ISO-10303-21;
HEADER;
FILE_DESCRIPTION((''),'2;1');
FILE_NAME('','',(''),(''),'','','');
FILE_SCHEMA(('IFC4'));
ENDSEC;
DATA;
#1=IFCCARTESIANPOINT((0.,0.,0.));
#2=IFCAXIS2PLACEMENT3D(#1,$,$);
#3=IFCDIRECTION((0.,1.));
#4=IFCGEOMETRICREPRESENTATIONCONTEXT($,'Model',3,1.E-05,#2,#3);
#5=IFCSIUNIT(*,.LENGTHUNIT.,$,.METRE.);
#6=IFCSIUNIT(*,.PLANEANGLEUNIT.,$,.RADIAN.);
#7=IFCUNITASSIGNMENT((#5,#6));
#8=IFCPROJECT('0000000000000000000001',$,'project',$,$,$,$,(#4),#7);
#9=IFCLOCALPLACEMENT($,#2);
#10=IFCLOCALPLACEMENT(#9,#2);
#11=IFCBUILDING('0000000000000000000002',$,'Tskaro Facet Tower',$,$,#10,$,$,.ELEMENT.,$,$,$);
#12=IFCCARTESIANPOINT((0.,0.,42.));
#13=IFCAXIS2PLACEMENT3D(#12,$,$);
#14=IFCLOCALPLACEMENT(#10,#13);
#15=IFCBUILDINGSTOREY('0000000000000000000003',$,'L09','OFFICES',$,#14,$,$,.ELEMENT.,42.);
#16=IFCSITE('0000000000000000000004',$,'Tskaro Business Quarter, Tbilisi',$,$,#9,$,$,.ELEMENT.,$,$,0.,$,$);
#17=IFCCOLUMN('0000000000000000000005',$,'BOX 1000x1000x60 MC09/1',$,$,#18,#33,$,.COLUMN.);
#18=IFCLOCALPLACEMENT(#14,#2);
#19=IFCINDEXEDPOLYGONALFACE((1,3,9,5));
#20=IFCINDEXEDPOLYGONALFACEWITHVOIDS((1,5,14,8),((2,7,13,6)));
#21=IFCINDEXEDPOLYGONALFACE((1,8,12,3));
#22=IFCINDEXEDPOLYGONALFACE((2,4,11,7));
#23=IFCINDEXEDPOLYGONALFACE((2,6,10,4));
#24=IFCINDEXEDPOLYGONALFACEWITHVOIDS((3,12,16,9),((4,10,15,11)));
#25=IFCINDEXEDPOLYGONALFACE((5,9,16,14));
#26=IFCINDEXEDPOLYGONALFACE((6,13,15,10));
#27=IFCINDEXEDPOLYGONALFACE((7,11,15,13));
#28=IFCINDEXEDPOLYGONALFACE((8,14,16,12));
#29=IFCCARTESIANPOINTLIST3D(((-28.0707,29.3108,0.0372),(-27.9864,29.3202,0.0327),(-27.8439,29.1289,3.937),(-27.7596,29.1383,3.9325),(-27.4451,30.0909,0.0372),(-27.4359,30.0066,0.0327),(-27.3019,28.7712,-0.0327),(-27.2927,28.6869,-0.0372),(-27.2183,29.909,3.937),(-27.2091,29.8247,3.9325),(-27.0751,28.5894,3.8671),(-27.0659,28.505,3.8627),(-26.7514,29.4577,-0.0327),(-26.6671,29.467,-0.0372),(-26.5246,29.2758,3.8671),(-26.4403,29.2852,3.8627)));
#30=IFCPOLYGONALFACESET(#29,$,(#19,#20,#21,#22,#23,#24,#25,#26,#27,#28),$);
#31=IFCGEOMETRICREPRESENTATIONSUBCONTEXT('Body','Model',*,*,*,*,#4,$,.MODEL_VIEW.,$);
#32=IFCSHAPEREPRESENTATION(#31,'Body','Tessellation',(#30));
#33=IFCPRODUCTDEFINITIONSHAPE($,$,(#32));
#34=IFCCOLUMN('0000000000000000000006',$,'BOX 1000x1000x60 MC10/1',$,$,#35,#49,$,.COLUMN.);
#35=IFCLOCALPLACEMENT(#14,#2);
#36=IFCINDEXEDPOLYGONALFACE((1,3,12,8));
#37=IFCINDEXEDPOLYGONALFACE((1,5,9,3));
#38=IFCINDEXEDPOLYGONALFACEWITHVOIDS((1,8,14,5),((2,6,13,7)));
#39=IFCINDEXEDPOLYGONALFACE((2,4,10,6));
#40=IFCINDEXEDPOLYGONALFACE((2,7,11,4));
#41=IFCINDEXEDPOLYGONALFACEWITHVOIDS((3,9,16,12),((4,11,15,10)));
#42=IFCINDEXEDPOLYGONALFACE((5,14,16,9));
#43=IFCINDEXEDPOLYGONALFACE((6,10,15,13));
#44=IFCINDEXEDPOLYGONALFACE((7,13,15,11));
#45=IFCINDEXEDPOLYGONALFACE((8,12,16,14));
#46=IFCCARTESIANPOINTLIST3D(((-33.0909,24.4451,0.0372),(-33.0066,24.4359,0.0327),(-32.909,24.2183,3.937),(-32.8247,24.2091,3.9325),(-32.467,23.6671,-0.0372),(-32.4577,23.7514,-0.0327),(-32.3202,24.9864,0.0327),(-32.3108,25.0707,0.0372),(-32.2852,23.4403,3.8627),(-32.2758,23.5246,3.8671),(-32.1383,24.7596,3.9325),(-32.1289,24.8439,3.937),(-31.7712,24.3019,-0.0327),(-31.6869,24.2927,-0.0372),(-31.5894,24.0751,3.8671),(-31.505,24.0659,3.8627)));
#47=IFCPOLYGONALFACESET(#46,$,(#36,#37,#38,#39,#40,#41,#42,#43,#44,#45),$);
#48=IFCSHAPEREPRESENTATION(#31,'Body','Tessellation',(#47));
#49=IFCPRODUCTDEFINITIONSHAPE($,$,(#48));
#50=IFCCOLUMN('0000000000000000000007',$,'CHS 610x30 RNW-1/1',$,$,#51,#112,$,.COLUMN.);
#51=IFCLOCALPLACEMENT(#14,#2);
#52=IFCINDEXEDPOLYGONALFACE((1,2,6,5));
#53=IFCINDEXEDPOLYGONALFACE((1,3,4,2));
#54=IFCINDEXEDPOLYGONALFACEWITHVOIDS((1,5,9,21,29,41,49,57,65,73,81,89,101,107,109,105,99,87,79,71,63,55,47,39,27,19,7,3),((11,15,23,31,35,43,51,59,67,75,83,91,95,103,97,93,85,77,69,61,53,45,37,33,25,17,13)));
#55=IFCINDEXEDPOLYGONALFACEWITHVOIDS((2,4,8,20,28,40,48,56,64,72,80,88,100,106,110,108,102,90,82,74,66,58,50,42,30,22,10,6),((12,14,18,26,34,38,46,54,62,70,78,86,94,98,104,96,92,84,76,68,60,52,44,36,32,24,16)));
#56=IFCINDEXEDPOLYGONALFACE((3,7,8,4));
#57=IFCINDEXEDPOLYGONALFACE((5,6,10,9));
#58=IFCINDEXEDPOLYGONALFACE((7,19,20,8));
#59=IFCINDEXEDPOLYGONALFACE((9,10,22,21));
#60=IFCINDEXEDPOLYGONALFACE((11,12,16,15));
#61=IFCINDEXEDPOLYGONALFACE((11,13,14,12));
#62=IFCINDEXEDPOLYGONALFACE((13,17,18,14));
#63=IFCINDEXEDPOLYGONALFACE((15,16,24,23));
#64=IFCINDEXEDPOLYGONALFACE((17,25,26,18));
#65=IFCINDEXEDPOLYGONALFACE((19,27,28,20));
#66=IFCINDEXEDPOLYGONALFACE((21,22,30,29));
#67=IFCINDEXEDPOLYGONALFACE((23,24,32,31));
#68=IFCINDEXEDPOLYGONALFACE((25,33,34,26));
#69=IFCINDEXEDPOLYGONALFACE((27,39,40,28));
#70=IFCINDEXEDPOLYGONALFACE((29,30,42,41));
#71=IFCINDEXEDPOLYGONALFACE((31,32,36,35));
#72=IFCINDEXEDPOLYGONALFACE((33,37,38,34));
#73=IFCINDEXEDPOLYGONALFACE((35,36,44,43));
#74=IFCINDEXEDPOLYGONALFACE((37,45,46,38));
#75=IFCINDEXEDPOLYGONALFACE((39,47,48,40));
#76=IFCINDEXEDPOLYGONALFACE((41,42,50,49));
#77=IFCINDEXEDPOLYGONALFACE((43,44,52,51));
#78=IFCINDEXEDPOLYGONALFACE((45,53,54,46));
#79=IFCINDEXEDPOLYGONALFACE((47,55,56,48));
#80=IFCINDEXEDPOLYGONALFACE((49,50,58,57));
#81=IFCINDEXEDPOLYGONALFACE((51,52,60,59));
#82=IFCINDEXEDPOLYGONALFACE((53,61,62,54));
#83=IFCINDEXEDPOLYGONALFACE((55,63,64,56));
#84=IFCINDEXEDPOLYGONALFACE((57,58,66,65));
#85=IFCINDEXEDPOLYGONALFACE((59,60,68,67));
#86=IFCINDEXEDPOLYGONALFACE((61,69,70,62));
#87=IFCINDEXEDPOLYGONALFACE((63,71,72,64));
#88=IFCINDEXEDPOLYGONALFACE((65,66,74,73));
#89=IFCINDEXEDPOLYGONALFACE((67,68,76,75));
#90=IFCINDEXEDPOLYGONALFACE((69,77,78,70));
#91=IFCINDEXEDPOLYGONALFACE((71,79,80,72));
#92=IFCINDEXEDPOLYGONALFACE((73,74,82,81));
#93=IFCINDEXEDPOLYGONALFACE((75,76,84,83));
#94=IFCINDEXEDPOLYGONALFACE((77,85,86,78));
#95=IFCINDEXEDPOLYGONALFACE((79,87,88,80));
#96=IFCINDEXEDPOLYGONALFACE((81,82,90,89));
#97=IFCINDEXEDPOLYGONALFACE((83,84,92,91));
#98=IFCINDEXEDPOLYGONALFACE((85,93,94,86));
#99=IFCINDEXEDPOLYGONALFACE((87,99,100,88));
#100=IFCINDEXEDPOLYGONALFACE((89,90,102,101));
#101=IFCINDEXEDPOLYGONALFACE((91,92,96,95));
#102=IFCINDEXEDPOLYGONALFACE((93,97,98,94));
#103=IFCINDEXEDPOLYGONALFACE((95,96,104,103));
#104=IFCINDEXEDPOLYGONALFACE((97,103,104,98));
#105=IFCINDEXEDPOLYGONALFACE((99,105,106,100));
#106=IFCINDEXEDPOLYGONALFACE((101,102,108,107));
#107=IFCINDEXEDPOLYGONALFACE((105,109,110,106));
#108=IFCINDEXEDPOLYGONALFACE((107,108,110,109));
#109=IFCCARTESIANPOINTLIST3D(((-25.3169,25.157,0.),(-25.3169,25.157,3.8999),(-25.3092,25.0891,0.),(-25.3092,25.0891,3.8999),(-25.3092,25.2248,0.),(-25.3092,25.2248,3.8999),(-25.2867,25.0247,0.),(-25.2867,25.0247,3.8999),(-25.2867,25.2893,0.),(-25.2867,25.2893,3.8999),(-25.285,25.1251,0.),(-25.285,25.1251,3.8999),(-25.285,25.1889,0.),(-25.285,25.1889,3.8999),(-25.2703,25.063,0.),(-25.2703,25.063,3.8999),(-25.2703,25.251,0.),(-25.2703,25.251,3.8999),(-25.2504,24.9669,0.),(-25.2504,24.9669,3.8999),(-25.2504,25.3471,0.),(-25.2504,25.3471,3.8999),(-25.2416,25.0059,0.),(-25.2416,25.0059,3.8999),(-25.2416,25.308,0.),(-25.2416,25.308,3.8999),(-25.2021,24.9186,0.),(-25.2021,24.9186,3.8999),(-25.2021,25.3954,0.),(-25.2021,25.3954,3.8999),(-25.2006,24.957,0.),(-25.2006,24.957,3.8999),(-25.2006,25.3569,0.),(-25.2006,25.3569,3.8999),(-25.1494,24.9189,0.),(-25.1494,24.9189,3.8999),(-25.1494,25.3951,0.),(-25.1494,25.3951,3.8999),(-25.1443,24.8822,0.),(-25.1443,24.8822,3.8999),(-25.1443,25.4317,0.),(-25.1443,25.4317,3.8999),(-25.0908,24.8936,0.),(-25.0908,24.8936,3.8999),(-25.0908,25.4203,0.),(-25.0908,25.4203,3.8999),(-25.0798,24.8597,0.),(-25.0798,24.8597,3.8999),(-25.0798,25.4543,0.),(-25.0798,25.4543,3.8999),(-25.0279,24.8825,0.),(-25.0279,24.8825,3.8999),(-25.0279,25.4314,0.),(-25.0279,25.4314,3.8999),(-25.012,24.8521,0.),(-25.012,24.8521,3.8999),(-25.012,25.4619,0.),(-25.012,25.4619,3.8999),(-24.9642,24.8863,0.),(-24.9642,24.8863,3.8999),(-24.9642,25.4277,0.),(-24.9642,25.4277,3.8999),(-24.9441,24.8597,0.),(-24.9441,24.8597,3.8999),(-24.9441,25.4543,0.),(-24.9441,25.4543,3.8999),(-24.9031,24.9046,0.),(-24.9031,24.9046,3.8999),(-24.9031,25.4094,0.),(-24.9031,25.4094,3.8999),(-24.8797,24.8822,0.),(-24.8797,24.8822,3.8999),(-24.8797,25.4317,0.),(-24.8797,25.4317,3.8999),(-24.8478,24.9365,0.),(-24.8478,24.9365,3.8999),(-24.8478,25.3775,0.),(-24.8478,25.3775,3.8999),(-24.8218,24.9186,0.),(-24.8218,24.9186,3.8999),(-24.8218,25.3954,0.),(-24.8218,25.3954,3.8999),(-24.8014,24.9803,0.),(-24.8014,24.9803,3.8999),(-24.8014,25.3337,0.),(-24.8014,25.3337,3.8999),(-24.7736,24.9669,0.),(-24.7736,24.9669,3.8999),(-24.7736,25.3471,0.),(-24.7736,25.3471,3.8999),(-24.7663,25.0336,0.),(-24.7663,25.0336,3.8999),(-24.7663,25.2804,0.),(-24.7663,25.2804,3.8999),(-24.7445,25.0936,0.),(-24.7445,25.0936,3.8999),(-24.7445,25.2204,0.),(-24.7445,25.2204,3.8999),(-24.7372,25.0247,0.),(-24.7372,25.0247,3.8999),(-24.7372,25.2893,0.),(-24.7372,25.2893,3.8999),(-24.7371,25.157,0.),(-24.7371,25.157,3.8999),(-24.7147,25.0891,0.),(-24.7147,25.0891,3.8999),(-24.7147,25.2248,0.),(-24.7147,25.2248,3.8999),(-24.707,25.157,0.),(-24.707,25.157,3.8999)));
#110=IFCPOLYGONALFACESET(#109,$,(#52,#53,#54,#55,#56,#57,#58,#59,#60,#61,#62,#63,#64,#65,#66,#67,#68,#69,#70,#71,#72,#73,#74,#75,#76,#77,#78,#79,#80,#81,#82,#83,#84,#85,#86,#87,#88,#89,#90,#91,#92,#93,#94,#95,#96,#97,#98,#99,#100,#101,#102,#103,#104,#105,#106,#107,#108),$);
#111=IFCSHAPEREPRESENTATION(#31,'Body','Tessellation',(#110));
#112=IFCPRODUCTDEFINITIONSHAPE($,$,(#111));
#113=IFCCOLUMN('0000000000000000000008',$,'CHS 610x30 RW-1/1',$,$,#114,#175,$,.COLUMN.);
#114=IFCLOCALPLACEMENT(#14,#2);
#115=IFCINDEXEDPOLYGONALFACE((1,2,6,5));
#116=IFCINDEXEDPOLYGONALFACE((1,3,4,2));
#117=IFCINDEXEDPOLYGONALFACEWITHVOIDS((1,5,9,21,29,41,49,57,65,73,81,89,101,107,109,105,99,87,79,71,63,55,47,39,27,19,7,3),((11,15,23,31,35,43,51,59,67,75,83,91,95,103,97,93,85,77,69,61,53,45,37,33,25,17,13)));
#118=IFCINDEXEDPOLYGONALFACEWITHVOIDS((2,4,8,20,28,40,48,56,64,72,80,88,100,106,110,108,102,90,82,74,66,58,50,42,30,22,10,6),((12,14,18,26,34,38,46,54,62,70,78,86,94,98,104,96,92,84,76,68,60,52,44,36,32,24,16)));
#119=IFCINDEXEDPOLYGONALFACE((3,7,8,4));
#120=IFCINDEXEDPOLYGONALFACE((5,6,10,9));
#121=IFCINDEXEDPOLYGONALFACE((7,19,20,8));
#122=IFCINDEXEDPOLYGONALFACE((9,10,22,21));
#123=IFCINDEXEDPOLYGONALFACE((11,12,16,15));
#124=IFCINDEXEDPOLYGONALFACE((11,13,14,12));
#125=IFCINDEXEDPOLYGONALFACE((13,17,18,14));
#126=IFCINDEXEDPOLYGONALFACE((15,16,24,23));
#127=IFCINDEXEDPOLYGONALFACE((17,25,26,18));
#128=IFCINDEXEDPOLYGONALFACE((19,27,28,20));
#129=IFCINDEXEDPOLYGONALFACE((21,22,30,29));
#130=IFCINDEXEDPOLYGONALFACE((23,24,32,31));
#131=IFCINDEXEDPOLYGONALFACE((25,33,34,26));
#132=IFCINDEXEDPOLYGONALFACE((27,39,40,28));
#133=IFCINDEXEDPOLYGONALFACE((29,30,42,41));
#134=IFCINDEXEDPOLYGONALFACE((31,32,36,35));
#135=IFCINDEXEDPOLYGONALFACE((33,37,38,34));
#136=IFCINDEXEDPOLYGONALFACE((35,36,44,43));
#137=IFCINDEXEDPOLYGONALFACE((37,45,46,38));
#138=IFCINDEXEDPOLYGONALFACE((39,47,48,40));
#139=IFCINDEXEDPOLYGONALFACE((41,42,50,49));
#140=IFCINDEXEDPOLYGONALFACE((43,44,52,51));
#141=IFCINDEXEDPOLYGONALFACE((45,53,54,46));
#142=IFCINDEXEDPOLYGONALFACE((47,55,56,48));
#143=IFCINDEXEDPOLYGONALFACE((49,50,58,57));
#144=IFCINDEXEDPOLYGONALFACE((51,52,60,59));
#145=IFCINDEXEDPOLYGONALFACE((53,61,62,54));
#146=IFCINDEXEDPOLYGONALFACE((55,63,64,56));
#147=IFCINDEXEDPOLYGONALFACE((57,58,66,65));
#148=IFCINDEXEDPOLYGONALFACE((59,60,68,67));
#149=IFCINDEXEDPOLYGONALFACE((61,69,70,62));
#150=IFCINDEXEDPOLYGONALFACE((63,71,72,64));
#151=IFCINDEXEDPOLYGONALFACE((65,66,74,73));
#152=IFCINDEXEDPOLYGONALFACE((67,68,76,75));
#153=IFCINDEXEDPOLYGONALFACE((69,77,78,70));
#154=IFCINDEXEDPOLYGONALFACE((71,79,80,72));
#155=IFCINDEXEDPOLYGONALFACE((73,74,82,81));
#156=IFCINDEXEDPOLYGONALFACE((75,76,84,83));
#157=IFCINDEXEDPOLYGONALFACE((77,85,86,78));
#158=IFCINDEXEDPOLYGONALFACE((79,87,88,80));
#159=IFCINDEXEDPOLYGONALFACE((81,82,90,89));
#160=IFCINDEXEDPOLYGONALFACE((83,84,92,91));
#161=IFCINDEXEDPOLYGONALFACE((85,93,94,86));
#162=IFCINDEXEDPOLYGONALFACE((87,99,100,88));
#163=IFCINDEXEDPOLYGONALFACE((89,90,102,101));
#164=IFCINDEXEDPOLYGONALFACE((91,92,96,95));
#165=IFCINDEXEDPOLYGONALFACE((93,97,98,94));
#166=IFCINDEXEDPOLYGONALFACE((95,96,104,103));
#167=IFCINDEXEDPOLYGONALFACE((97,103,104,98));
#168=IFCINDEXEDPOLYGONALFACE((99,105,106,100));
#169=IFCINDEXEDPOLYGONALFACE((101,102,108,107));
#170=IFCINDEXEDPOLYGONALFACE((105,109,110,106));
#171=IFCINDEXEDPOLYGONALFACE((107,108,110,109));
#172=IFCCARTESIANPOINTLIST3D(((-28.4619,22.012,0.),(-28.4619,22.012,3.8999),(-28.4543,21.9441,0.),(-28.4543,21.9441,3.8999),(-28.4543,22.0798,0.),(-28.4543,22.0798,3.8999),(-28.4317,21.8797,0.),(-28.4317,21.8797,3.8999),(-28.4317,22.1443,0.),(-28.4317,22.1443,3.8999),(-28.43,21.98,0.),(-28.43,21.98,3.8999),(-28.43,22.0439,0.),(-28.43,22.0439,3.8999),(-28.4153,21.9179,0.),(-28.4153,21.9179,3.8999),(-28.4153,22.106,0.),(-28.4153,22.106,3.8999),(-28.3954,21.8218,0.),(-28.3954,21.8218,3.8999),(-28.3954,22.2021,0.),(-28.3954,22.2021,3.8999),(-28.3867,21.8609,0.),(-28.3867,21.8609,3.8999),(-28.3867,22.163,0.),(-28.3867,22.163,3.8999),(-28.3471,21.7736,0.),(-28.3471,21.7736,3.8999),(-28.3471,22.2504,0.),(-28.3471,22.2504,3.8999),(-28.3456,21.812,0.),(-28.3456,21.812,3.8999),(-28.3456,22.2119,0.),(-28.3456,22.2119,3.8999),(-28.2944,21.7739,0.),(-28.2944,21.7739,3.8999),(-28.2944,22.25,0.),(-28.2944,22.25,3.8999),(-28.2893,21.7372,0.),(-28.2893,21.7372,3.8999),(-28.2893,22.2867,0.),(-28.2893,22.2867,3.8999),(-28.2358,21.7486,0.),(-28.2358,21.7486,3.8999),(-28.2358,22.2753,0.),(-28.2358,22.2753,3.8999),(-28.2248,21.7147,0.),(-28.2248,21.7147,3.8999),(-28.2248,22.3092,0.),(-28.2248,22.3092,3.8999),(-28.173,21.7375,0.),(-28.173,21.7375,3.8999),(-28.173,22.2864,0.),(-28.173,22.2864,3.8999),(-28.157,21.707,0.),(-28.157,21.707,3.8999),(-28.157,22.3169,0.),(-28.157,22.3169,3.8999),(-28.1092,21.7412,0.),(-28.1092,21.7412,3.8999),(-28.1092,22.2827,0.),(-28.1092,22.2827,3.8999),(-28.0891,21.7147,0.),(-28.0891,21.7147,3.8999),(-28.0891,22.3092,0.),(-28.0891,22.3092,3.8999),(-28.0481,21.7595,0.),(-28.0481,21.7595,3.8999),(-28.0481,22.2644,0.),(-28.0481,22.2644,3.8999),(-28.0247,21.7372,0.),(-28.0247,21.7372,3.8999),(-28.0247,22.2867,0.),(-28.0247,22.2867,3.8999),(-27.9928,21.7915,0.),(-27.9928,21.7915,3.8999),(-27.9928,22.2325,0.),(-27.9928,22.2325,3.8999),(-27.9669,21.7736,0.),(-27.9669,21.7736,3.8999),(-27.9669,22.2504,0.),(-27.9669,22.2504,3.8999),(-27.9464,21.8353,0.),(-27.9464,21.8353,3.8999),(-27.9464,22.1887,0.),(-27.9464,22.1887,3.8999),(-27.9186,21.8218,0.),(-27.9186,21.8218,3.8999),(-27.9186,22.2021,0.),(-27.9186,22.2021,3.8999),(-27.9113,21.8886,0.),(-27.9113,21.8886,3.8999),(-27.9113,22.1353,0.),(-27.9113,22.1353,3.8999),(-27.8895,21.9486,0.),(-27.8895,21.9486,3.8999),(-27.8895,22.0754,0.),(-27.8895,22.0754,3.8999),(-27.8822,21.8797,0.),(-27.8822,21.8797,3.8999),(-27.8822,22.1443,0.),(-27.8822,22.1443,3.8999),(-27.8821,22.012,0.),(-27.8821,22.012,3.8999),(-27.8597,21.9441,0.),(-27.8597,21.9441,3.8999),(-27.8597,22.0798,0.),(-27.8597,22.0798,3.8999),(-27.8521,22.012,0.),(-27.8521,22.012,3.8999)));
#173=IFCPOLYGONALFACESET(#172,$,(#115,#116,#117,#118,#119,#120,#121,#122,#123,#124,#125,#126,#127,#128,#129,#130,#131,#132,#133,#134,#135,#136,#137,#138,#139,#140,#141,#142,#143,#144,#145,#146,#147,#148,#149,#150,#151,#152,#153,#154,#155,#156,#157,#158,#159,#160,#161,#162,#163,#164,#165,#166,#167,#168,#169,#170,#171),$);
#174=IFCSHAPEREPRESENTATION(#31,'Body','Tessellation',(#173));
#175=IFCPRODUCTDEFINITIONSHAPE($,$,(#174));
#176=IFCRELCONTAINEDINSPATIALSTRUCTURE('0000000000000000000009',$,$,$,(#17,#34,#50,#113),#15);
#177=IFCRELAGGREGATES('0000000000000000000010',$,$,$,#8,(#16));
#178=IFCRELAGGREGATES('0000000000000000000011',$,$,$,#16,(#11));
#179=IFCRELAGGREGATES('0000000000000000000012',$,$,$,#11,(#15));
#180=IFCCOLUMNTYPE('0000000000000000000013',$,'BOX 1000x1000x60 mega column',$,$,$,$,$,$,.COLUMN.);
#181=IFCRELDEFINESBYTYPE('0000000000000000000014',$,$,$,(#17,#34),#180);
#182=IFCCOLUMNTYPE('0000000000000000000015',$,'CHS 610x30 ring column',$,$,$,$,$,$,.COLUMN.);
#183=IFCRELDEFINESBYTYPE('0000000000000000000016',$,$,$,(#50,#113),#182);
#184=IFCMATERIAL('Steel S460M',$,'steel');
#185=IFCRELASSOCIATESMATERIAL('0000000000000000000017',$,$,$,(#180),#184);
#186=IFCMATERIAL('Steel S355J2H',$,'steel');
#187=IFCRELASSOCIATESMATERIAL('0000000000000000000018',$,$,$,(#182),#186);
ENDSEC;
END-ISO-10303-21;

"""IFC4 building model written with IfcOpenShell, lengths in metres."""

from ifc_helpers import new_model, si_unit, direction, frame, origin, origin_2d, place, context, subcontext, project, spatial, hollow_rectangle, hollow_circle, extrude, material, material_profile, profile_set, type_object, element, save


model = new_model("IFC4")

# Units and contexts
model_context = context("Model", 3, precision=1e-05, world=origin(), true_north=direction((0.0, 1.0)))
body_context = subcontext(model_context, "Body", "Model", "MODEL_VIEW")
ifc_project = project(units=[si_unit("LENGTHUNIT", "METRE"), si_unit("PLANEANGLEUNIT", "RADIAN")], contexts=[model_context])

# Site, building, storey
site_placement = place(None, origin())
site = spatial("IfcSite", under=ifc_project, at=site_placement, Name="Tskaro Business Quarter, Tbilisi", CompositionType="ELEMENT", RefElevation=0.0)
building_placement = place(site_placement, origin())
building = spatial("IfcBuilding", under=site, at=building_placement, Name="Tskaro Facet Tower", CompositionType="ELEMENT")
storey_placement = place(building_placement, frame((0.0, 0.0, 42.0)))
storey = spatial("IfcBuildingStorey", under=building, at=storey_placement, Name="L09", Description="OFFICES", CompositionType="ELEMENT", Elevation=42.0)

# Columns
ifc_material_1 = material(Name="Steel S460M", Category="steel")
ifc_material_profile_1 = material_profile(ifc_material_1, hollow_rectangle(XDim=1.0, YDim=1.0, WallThickness=0.0601, at=origin_2d()), Name="BOX 1000x1000x60")
ifc_profile_set_1 = profile_set([ifc_material_profile_1], Name="Steel S460M")
column_type_1 = type_object("IfcColumnType", Name="BOX 1000x1000x60 mega column", PredefinedType="COLUMN", material=ifc_profile_set_1)
for number, where, z_axis, x_axis, name in (
    (1, (-27.3689, 29.3889, 0.0), (0.057996, -0.046509, 0.997233), (0.625616, 0.780131, 0.0), "BOX 1000x1000x60 MC09/1"),
    (2, (-32.3889, 24.3689, 0.0), (0.046509, -0.057996, 0.997233), (0.780131, 0.625616, 0.0), "BOX 1000x1000x60 MC10/1"),
):
    element("IfcColumn", number, at=place(storey_placement, frame(where, z_axis=z_axis, x_axis=x_axis)), inside=storey, type_object=column_type_1, Name=name, PredefinedType="COLUMN", context=body_context, shape_type="SweptSolid", body=[
        extrude(hollow_rectangle(XDim=1.0, YDim=1.0, WallThickness=0.0601, at=origin_2d()), origin(), (0.0, 0.0, 1.0), 3.9106),
    ])
ifc_material_2 = material(Name="Steel S355J2H", Category="steel")
ifc_material_profile_2 = material_profile(ifc_material_2, hollow_circle(Radius=0.3049, WallThickness=0.03, at=origin_2d()), Name="CHS 610x30")
ifc_profile_set_2 = profile_set([ifc_material_profile_2], Name="Steel S355J2H")
column_type_2 = type_object("IfcColumnType", Name="CHS 610x30 ring column", PredefinedType="COLUMN", material=ifc_profile_set_2)
for number, where, z_axis, x_axis, name in (
    (3, (-25.012, 25.157, 0.0), (0.0, 0.0, 1.0), (1.0, 0.0, 0.0), "CHS 610x30 RNW-1/1"),
    (4, (-28.157, 22.012, 0.0), (0.0, 0.0, 1.0), (1.0, 0.0, 0.0), "CHS 610x30 RW-1/1"),
):
    element("IfcColumn", number, at=place(storey_placement, frame(where, z_axis=z_axis, x_axis=x_axis)), inside=storey, type_object=column_type_2, Name=name, PredefinedType="COLUMN", context=body_context, shape_type="SweptSolid", body=[
        extrude(hollow_circle(Radius=0.3049, WallThickness=0.03, at=origin_2d()), origin(), (0.0, 0.0, 1.0), 3.8999),
    ])

save(model, "model.ifc")
